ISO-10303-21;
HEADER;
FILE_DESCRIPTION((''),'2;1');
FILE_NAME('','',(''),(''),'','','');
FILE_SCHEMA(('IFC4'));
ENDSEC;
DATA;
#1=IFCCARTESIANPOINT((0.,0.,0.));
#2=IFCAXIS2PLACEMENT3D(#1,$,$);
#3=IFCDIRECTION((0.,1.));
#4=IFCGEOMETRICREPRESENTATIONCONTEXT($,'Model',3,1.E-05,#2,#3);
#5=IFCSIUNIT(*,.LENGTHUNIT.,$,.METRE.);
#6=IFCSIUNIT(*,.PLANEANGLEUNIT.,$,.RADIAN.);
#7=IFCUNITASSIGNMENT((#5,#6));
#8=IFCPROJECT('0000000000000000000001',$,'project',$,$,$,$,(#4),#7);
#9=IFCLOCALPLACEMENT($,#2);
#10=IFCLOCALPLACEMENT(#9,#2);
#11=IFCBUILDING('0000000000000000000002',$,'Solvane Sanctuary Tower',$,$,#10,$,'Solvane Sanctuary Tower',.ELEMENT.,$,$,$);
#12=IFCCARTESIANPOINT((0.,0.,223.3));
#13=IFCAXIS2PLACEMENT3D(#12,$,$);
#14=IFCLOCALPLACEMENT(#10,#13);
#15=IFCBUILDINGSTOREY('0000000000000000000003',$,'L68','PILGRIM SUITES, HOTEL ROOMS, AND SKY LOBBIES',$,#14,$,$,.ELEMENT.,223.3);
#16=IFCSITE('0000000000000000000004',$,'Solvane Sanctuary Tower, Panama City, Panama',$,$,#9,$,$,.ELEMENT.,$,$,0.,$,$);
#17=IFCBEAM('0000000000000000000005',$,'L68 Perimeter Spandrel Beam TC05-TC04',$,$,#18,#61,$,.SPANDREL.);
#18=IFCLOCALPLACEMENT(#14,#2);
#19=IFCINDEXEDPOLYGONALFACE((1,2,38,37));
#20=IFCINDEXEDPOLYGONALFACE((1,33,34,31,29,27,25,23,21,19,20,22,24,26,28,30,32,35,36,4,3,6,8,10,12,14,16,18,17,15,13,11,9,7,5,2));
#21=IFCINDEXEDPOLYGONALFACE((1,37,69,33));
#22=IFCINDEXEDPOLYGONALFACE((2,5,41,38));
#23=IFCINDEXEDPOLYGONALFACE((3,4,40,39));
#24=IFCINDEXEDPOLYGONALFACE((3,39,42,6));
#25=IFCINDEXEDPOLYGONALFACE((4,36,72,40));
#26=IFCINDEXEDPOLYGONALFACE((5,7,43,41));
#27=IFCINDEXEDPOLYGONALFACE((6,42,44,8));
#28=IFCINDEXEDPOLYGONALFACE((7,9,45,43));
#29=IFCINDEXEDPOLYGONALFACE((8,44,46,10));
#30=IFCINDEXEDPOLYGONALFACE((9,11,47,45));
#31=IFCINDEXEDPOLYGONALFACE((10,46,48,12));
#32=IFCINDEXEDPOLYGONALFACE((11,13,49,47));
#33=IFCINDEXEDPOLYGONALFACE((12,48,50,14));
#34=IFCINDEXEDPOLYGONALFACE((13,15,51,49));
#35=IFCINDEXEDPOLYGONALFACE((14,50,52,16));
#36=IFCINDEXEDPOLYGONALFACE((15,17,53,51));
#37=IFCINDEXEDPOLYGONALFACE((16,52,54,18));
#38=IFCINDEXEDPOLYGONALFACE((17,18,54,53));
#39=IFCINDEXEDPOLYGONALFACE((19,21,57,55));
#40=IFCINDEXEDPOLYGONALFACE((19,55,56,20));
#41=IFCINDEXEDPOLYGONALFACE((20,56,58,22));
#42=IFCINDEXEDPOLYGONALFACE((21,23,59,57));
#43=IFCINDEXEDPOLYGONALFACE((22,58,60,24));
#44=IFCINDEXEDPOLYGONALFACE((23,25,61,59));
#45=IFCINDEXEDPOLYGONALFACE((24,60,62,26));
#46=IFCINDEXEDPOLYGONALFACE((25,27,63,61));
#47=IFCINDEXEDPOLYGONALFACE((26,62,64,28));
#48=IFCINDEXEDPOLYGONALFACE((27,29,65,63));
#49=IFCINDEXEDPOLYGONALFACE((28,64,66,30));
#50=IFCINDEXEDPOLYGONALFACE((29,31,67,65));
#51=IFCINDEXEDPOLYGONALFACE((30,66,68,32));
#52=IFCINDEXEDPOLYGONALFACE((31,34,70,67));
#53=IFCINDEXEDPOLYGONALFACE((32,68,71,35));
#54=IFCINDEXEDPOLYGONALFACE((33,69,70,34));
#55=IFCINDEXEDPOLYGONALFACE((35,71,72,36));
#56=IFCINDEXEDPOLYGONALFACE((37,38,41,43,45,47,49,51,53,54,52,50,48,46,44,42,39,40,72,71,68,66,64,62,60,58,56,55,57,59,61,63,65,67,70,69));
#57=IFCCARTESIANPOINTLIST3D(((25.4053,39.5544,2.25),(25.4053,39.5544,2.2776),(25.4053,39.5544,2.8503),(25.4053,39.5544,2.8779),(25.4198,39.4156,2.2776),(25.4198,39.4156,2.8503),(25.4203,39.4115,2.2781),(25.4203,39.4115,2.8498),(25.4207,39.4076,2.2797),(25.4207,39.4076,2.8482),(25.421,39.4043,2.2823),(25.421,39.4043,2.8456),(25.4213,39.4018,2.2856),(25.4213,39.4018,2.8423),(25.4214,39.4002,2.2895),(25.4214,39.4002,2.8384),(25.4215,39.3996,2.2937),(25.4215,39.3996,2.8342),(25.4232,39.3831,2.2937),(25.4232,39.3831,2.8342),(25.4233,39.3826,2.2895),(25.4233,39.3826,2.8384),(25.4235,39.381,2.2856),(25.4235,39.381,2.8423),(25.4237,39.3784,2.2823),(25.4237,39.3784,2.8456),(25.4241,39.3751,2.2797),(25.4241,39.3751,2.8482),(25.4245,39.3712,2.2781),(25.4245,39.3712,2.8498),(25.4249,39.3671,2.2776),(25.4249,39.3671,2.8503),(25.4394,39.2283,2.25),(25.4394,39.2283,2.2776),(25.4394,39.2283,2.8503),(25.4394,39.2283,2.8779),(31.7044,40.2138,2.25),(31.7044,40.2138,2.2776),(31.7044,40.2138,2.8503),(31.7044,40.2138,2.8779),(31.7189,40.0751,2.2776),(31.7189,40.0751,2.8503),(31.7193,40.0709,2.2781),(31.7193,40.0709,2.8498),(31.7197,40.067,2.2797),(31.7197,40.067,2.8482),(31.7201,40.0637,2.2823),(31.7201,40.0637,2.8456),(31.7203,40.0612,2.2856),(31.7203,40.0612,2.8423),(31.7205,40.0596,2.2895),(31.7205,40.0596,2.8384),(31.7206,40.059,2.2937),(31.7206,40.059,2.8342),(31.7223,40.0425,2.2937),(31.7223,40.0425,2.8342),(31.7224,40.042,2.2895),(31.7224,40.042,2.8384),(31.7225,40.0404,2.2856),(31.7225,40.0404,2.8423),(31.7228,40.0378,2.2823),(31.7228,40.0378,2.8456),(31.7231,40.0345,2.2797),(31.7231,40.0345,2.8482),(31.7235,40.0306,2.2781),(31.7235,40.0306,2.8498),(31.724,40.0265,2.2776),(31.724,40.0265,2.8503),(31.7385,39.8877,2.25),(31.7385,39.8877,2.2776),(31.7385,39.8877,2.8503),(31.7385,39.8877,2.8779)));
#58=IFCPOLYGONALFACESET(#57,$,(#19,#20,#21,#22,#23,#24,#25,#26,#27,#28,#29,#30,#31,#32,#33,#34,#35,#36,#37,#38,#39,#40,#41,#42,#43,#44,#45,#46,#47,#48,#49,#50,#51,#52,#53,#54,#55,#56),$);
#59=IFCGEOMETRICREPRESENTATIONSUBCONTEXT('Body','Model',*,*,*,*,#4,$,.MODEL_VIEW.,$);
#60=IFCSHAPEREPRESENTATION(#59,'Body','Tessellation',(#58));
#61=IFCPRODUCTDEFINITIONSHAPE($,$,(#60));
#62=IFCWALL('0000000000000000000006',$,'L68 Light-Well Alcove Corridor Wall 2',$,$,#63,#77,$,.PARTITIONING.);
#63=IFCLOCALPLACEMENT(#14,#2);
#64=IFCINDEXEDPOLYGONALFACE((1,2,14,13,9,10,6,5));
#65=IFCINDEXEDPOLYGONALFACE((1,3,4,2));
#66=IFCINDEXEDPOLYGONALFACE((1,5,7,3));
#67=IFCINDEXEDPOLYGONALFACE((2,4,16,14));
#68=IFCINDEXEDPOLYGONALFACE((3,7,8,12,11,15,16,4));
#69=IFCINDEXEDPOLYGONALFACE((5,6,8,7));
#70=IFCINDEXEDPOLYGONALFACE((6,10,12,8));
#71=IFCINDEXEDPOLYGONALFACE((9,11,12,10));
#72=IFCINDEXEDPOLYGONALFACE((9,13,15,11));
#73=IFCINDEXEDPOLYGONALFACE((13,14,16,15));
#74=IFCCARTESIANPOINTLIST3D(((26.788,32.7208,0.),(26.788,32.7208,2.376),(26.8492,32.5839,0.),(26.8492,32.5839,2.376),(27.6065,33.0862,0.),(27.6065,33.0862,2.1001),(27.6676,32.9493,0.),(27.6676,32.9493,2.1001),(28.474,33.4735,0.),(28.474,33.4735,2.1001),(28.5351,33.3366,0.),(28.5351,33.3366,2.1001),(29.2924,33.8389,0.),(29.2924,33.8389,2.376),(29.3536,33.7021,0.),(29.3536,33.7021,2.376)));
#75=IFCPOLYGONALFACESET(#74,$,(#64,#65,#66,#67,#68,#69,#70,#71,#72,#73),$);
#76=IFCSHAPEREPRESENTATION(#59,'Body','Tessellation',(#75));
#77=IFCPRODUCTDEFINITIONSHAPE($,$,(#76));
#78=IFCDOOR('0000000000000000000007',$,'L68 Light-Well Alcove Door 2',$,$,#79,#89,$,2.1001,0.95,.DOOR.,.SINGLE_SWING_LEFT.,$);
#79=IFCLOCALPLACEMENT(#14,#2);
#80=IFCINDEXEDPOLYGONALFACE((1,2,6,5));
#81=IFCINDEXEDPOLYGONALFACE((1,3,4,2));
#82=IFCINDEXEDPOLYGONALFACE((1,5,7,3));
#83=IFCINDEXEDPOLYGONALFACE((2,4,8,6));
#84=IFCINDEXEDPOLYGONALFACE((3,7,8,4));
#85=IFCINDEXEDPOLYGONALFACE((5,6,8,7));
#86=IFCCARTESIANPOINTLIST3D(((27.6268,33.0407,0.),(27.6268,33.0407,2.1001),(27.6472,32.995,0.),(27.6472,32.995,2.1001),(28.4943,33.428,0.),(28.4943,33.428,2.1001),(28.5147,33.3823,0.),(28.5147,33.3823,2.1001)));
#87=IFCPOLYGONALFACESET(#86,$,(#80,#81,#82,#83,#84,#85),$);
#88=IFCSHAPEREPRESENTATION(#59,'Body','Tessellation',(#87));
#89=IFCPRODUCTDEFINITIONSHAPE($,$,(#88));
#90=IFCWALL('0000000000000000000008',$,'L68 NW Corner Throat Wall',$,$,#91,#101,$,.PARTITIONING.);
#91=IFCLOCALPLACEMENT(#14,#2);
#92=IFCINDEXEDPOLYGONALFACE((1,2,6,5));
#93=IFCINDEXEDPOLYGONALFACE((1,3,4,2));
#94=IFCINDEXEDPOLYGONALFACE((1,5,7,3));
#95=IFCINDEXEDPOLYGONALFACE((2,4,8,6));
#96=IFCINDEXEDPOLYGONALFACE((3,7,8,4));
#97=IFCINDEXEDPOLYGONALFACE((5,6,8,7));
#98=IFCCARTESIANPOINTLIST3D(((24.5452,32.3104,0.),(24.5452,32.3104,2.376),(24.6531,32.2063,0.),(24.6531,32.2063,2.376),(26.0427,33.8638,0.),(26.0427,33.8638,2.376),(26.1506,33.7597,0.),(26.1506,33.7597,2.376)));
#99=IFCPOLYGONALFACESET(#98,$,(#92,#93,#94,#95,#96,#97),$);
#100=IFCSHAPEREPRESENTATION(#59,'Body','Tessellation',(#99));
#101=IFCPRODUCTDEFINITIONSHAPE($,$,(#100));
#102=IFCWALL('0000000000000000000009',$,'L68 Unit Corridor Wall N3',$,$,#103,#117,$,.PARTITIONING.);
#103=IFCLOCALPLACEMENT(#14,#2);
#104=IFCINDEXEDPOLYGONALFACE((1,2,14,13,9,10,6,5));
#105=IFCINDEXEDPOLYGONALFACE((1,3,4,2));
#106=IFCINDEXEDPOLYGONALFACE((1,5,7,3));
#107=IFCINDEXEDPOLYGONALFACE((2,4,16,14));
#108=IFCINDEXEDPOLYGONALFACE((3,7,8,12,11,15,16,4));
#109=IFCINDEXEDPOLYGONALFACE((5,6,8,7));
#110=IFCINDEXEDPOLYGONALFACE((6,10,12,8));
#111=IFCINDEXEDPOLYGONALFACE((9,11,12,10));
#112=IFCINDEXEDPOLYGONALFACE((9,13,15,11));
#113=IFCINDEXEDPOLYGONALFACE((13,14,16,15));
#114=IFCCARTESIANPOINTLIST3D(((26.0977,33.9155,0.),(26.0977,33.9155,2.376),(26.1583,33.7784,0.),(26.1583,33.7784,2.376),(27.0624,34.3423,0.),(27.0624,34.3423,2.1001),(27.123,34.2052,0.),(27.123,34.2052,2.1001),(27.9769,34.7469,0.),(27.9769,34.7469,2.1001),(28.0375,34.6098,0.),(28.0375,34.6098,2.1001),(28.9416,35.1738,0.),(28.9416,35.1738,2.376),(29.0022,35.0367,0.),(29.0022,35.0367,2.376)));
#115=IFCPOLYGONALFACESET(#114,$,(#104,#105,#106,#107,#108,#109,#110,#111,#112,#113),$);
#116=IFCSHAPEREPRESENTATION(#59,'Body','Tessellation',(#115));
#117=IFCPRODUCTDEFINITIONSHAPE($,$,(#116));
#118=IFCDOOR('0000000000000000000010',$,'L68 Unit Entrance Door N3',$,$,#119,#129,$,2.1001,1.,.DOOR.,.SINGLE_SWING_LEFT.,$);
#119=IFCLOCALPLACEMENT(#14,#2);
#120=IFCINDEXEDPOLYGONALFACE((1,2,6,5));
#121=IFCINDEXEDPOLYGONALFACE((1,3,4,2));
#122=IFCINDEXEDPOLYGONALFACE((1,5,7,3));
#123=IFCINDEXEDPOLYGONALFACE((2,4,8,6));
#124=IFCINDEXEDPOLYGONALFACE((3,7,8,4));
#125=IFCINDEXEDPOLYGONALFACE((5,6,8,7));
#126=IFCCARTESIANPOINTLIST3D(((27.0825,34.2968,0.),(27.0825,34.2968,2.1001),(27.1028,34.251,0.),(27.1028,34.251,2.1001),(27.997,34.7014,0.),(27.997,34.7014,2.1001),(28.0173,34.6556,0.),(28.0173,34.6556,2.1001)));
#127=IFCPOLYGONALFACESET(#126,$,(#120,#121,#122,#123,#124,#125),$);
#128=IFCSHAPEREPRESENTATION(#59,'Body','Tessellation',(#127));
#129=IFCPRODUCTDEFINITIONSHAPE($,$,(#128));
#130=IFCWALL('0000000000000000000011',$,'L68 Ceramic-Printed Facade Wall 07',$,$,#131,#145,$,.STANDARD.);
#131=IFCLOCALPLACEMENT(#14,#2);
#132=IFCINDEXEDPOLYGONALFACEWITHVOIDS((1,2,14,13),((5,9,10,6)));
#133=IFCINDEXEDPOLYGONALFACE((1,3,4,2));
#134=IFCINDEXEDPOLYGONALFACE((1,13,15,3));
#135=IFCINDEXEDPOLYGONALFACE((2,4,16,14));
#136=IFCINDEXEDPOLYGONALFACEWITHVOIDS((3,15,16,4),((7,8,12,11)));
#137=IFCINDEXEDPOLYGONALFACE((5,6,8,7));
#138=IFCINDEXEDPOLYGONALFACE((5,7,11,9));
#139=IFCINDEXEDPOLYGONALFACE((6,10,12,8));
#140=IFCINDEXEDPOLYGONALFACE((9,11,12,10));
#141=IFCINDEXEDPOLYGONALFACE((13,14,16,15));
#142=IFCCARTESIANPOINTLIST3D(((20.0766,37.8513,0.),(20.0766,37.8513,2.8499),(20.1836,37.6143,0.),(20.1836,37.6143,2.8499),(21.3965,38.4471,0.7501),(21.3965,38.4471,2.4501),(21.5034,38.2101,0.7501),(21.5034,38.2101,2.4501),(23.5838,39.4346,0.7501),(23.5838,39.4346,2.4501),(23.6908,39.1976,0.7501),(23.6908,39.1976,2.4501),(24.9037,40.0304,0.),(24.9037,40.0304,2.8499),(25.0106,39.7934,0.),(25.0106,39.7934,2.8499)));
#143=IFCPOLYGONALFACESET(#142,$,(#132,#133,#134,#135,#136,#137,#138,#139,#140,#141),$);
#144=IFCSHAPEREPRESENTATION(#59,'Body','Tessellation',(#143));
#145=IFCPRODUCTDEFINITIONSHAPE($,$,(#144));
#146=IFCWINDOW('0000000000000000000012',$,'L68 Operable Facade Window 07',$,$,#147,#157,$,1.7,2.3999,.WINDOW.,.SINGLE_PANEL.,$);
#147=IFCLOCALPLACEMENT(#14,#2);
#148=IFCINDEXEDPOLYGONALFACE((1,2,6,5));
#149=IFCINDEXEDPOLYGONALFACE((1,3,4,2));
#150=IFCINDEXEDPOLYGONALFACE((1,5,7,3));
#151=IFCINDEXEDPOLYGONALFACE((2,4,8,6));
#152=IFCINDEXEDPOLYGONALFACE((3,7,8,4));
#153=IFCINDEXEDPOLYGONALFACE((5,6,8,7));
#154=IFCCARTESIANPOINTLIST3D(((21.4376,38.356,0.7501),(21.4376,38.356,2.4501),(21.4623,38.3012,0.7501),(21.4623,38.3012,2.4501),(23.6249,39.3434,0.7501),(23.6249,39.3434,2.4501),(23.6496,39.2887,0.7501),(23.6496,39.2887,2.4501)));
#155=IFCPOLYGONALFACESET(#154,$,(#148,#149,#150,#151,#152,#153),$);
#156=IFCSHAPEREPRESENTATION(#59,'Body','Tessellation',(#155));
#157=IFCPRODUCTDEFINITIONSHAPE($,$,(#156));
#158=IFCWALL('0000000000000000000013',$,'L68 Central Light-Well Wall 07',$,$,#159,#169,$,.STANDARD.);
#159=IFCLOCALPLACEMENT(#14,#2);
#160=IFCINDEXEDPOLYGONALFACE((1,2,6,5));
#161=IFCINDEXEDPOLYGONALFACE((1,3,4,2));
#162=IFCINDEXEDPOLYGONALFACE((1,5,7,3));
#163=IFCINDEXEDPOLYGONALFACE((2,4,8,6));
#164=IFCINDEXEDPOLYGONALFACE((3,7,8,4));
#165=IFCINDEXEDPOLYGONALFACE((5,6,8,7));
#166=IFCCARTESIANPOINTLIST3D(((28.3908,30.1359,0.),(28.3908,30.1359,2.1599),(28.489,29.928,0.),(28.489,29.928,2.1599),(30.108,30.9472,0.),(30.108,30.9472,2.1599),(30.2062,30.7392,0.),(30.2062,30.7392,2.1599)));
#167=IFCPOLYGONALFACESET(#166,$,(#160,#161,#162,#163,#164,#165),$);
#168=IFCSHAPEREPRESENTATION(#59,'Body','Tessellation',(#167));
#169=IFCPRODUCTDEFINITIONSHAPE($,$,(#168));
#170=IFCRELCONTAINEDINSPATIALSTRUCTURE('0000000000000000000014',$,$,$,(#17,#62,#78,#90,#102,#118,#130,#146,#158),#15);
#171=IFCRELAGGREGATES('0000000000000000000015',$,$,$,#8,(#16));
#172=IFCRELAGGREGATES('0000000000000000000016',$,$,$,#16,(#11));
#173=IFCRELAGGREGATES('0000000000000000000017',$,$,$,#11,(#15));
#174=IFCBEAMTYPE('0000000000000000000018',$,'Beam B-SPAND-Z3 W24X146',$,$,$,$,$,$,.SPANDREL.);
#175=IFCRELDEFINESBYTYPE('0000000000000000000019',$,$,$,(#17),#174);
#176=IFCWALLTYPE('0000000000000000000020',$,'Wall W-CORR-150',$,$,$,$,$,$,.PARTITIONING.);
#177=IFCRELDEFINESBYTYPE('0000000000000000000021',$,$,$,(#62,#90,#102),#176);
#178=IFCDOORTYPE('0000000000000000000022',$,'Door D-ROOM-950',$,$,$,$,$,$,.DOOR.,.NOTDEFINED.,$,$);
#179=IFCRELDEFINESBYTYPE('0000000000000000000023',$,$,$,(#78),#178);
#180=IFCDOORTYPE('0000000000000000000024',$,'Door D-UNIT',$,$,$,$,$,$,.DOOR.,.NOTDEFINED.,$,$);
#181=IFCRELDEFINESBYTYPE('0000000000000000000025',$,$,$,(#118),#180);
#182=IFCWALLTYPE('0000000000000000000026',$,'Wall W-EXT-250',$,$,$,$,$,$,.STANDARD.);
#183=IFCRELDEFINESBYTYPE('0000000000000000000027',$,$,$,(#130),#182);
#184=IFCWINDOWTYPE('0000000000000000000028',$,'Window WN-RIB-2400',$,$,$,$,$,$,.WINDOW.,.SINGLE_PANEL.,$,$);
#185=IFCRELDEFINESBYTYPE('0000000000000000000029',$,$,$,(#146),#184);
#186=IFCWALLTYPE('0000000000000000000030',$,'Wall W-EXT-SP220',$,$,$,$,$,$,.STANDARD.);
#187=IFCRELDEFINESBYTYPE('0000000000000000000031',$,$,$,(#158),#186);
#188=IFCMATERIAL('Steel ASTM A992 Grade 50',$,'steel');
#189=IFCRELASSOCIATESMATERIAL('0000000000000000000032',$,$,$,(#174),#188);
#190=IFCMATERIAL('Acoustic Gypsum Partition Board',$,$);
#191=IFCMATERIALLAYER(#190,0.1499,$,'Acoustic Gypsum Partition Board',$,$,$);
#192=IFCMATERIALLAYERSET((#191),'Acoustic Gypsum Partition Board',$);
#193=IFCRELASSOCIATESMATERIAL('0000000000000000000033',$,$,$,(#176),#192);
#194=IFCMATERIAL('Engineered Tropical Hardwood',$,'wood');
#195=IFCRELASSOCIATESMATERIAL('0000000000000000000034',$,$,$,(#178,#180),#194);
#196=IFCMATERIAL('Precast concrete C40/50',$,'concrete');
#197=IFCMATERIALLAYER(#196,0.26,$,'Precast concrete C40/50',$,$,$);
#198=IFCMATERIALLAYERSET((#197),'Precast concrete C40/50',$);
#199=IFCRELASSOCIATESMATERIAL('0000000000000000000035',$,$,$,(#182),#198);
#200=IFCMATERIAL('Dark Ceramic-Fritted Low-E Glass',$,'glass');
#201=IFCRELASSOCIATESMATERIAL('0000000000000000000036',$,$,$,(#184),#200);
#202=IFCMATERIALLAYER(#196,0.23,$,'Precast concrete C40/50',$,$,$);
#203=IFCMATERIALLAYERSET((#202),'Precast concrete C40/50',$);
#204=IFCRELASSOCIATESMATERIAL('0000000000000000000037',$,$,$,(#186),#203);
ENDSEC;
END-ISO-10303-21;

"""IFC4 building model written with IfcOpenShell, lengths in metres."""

from ifc_helpers import new_model, si_unit, direction, frame, frame_2d, origin, origin_2d, place, context, subcontext, project, spatial, rectangle, i_section, extrude, material, layer, layer_set, material_profile, profile_set, type_object, element, fill, save


model = new_model("IFC4")

# Units and contexts
model_context = context("Model", 3, precision=1e-05, world=origin(), true_north=direction((0.0, 1.0)))
body_context = subcontext(model_context, "Body", "Model", "MODEL_VIEW")
ifc_project = project(units=[si_unit("LENGTHUNIT", "METRE"), si_unit("PLANEANGLEUNIT", "RADIAN")], contexts=[model_context])

# Site, building, storey
site_placement = place(None, origin())
site = spatial("IfcSite", under=ifc_project, at=site_placement, Name="Solvane Sanctuary Tower, Panama City, Panama", CompositionType="ELEMENT", RefElevation=0.0)
building_placement = place(site_placement, origin())
building = spatial("IfcBuilding", under=site, at=building_placement, Name="Solvane Sanctuary Tower", LongName="Solvane Sanctuary Tower", CompositionType="ELEMENT")
storey_placement = place(building_placement, frame((0.0, 0.0, 223.3)))
storey = spatial("IfcBuildingStorey", under=building, at=storey_placement, Name="L68", Description="PILGRIM SUITES, HOTEL ROOMS, AND SKY LOBBIES", CompositionType="ELEMENT", Elevation=223.3)

# Beam
ifc_material_1 = material(Name="Steel ASTM A992 Grade 50", Category="steel")
ifc_material_profile_1 = material_profile(ifc_material_1, i_section(OverallWidth=0.3279, OverallDepth=0.6279, WebThickness=0.0166, FlangeThickness=0.0276, FilletRadius=0.0161, at=origin_2d()), Name="W24X146")
ifc_profile_set_1 = profile_set([ifc_material_profile_1], Name="Steel ASTM A992 Grade 50")
beam_type_1 = type_object("IfcBeamType", Name="Beam B-SPAND-Z3 W24X146", PredefinedType="SPANDREL", material=ifc_profile_set_1)
beam_1_placement = place(storey_placement, frame((25.4224, 39.3914, 2.564), z_axis=(0.994565, 0.104117, 0.0), x_axis=(-0.104117, 0.994565, 0.0)))
element("IfcBeam", 1, at=beam_1_placement, inside=storey, type_object=beam_type_1, Name="L68 Perimeter Spandrel Beam TC05-TC04", PredefinedType="SPANDREL", context=body_context, shape_type="SweptSolid", body=[
    extrude(i_section(OverallWidth=0.3279, OverallDepth=0.6279, WebThickness=0.0166, FlangeThickness=0.0276, FilletRadius=0.0161, at=origin_2d()), origin(), (0.0, 0.0, 1.0), 6.3335),
])

# Wall, opening, door
ifc_material_2 = material(Name="Acoustic Gypsum Partition Board")
ifc_layer_1 = layer(ifc_material_2, 0.1499, Name="Acoustic Gypsum Partition Board")
ifc_layer_set_1 = layer_set([ifc_layer_1], Name="Acoustic Gypsum Partition Board")
wall_type_1 = type_object("IfcWallType", Name="Wall W-CORR-150", PredefinedType="PARTITIONING", material=ifc_layer_set_1)
wall_1_placement = place(storey_placement, frame((29.323, 33.7705, 0.0), z_axis=(0.0, 0.0, 1.0), x_axis=(-0.91312, -0.407691, 0.0)))
wall_1 = element("IfcWall", 2, at=wall_1_placement, inside=storey, type_object=wall_type_1, Name="L68 Light-Well Alcove Corridor Wall 2", PredefinedType="PARTITIONING", context=body_context, shape_type="SweptSolid", body=[
    extrude(rectangle(XDim=2.7427, YDim=0.1499, at=frame_2d((1.3713, 0.0))), origin(), (0.0, 0.0, 1.0), 2.376),
])
opening_1_placement = place(wall_1_placement, frame((0.8962, 0.0, 0.0)))
opening_1 = element("IfcOpeningElement", 3, at=opening_1_placement, cuts=wall_1, PredefinedType="OPENING", context=body_context, shape_type="SweptSolid", body=[
    extrude(rectangle(XDim=0.95, YDim=2.1001, at=frame_2d((0.4751, 1.05))), frame((0.0, 0.085, 0.0), z_axis=(0.0, -1.0, 0.0), x_axis=(1.0, 0.0, 0.0)), (0.0, 0.0, 1.0), 0.1699),
])
ifc_material_3 = material(Name="Engineered Tropical Hardwood", Category="wood")
door_type_1 = type_object("IfcDoorType", Name="Door D-ROOM-950", OperationType="NOTDEFINED", PredefinedType="DOOR", material=ifc_material_3)
door_1_placement = place(opening_1_placement, origin())
door_1 = element("IfcDoor", 4, at=door_1_placement, inside=storey, type_object=door_type_1, Name="L68 Light-Well Alcove Door 2", OperationType="SINGLE_SWING_LEFT", OverallHeight=2.1001, OverallWidth=0.95, PredefinedType="DOOR", context=body_context, shape_type="SweptSolid", body=[
    extrude(rectangle(XDim=0.95, YDim=2.1001, at=frame_2d((0.4751, 1.05))), frame((0.0, 0.0249, 0.0), z_axis=(0.0, -1.0, 0.0), x_axis=(1.0, 0.0, 0.0)), (0.0, 0.0, 1.0), 0.05),
])
fill(opening_1, door_1)

# Wall
wall_2_placement = place(storey_placement, frame((26.0967, 33.8118, 0.0), z_axis=(0.0, 0.0, 1.0), x_axis=(-0.694033, -0.719943, 0.0)))
element("IfcWall", 5, at=wall_2_placement, inside=storey, type_object=wall_type_1, Name="L68 NW Corner Throat Wall", PredefinedType="PARTITIONING", context=body_context, shape_type="SweptSolid", body=[
    extrude(rectangle(XDim=2.1577, YDim=0.1499, at=frame_2d((1.0789, 0.0))), origin(), (0.0, 0.0, 1.0), 2.376),
])

# Wall, opening, door
wall_3_placement = place(storey_placement, frame((28.9719, 35.1052, 0.0), z_axis=(0.0, 0.0, 1.0), x_axis=(-0.91449, -0.404608, 0.0)))
wall_3 = element("IfcWall", 6, at=wall_3_placement, inside=storey, type_object=wall_type_1, Name="L68 Unit Corridor Wall N3", PredefinedType="PARTITIONING", context=body_context, shape_type="SweptSolid", body=[
    extrude(rectangle(XDim=3.1099, YDim=0.1499, at=frame_2d((1.5549, 0.0))), origin(), (0.0, 0.0, 1.0), 2.376),
])
opening_2_placement = place(wall_3_placement, frame((1.0549, 0.0, 0.0)))
opening_2 = element("IfcOpeningElement", 7, at=opening_2_placement, cuts=wall_3, PredefinedType="OPENING", context=body_context, shape_type="SweptSolid", body=[
    extrude(rectangle(XDim=1.0, YDim=2.1001, at=frame_2d((0.5, 1.05))), frame((0.0, 0.085, 0.0), z_axis=(0.0, -1.0, 0.0), x_axis=(1.0, 0.0, 0.0)), (0.0, 0.0, 1.0), 0.1699),
])
door_type_2 = type_object("IfcDoorType", Name="Door D-UNIT", OperationType="NOTDEFINED", PredefinedType="DOOR", material=ifc_material_3)
door_2_placement = place(opening_2_placement, origin())
door_2 = element("IfcDoor", 8, at=door_2_placement, inside=storey, type_object=door_type_2, Name="L68 Unit Entrance Door N3", OperationType="SINGLE_SWING_LEFT", OverallHeight=2.1001, OverallWidth=1.0, PredefinedType="DOOR", context=body_context, shape_type="SweptSolid", body=[
    extrude(rectangle(XDim=1.0, YDim=2.1001, at=frame_2d((0.5, 1.05))), frame((0.0, 0.0249, 0.0), z_axis=(0.0, -1.0, 0.0), x_axis=(1.0, 0.0, 0.0)), (0.0, 0.0, 1.0), 0.05),
])
fill(opening_2, door_2)

# Wall, opening, window
ifc_material_4 = material(Name="Precast concrete C40/50", Category="concrete")
ifc_layer_2 = layer(ifc_material_4, 0.26, Name="Precast concrete C40/50")
ifc_layer_set_2 = layer_set([ifc_layer_2], Name="Precast concrete C40/50")
wall_type_2 = type_object("IfcWallType", Name="Wall W-EXT-250", PredefinedType="STANDARD", material=ifc_layer_set_2)
wall_4_placement = place(storey_placement, frame((24.957, 39.9119, 0.0), z_axis=(0.0, 0.0, 1.0), x_axis=(-0.911427, -0.411461, 0.0)))
wall_4 = element("IfcWall", 9, at=wall_4_placement, inside=storey, type_object=wall_type_2, Name="L68 Ceramic-Printed Facade Wall 07", PredefinedType="STANDARD", context=body_context, shape_type="SweptSolid", body=[
    extrude(rectangle(XDim=5.2961, YDim=0.26, at=frame_2d((2.6479, 0.0))), origin(), (0.0, 0.0, 1.0), 2.8499),
])
opening_3_placement = place(wall_4_placement, frame((1.448, 0.0, 0.75)))
opening_3 = element("IfcOpeningElement", 10, at=opening_3_placement, cuts=wall_4, PredefinedType="OPENING", context=body_context, shape_type="SweptSolid", body=[
    extrude(rectangle(XDim=2.3999, YDim=1.7, at=frame_2d((1.2, 0.8501))), frame((0.0, 0.1399, 0.0), z_axis=(0.0, -1.0, 0.0), x_axis=(1.0, 0.0, 0.0)), (0.0, 0.0, 1.0), 0.28),
])
ifc_material_5 = material(Name="Dark Ceramic-Fritted Low-E Glass", Category="glass")
window_type = type_object("IfcWindowType", Name="Window WN-RIB-2400", PartitioningType="SINGLE_PANEL", PredefinedType="WINDOW", material=ifc_material_5)
window_placement = place(opening_3_placement, origin())
window = element("IfcWindow", 11, at=window_placement, inside=storey, type_object=window_type, Name="L68 Operable Facade Window 07", OverallHeight=1.7, OverallWidth=2.3999, PartitioningType="SINGLE_PANEL", PredefinedType="WINDOW", context=body_context, shape_type="SweptSolid", body=[
    extrude(rectangle(XDim=2.3999, YDim=1.7, at=frame_2d((1.2, 0.8501))), frame((0.0, 0.03, 0.0), z_axis=(0.0, -1.0, 0.0), x_axis=(1.0, 0.0, 0.0)), (0.0, 0.0, 1.0), 0.0601),
])
fill(opening_3, window)

# Wall
ifc_layer_3 = layer(ifc_material_4, 0.23, Name="Precast concrete C40/50")
ifc_layer_set_3 = layer_set([ifc_layer_3], Name="Precast concrete C40/50")
wall_type_3 = type_object("IfcWallType", Name="Wall W-EXT-SP220", PredefinedType="STANDARD", material=ifc_layer_set_3)
wall_5_placement = place(storey_placement, frame((30.1572, 30.8433, 0.0), z_axis=(0.0, 0.0, 1.0), x_axis=(-0.90418, -0.427152, 0.0)))
element("IfcWall", 12, at=wall_5_placement, inside=storey, type_object=wall_type_3, Name="L68 Central Light-Well Wall 07", PredefinedType="STANDARD", context=body_context, shape_type="SweptSolid", body=[
    extrude(rectangle(XDim=1.8992, YDim=0.23, at=frame_2d((0.9497, 0.0))), origin(), (0.0, 0.0, 1.0), 2.1599),
])

save(model, "model.ifc")
